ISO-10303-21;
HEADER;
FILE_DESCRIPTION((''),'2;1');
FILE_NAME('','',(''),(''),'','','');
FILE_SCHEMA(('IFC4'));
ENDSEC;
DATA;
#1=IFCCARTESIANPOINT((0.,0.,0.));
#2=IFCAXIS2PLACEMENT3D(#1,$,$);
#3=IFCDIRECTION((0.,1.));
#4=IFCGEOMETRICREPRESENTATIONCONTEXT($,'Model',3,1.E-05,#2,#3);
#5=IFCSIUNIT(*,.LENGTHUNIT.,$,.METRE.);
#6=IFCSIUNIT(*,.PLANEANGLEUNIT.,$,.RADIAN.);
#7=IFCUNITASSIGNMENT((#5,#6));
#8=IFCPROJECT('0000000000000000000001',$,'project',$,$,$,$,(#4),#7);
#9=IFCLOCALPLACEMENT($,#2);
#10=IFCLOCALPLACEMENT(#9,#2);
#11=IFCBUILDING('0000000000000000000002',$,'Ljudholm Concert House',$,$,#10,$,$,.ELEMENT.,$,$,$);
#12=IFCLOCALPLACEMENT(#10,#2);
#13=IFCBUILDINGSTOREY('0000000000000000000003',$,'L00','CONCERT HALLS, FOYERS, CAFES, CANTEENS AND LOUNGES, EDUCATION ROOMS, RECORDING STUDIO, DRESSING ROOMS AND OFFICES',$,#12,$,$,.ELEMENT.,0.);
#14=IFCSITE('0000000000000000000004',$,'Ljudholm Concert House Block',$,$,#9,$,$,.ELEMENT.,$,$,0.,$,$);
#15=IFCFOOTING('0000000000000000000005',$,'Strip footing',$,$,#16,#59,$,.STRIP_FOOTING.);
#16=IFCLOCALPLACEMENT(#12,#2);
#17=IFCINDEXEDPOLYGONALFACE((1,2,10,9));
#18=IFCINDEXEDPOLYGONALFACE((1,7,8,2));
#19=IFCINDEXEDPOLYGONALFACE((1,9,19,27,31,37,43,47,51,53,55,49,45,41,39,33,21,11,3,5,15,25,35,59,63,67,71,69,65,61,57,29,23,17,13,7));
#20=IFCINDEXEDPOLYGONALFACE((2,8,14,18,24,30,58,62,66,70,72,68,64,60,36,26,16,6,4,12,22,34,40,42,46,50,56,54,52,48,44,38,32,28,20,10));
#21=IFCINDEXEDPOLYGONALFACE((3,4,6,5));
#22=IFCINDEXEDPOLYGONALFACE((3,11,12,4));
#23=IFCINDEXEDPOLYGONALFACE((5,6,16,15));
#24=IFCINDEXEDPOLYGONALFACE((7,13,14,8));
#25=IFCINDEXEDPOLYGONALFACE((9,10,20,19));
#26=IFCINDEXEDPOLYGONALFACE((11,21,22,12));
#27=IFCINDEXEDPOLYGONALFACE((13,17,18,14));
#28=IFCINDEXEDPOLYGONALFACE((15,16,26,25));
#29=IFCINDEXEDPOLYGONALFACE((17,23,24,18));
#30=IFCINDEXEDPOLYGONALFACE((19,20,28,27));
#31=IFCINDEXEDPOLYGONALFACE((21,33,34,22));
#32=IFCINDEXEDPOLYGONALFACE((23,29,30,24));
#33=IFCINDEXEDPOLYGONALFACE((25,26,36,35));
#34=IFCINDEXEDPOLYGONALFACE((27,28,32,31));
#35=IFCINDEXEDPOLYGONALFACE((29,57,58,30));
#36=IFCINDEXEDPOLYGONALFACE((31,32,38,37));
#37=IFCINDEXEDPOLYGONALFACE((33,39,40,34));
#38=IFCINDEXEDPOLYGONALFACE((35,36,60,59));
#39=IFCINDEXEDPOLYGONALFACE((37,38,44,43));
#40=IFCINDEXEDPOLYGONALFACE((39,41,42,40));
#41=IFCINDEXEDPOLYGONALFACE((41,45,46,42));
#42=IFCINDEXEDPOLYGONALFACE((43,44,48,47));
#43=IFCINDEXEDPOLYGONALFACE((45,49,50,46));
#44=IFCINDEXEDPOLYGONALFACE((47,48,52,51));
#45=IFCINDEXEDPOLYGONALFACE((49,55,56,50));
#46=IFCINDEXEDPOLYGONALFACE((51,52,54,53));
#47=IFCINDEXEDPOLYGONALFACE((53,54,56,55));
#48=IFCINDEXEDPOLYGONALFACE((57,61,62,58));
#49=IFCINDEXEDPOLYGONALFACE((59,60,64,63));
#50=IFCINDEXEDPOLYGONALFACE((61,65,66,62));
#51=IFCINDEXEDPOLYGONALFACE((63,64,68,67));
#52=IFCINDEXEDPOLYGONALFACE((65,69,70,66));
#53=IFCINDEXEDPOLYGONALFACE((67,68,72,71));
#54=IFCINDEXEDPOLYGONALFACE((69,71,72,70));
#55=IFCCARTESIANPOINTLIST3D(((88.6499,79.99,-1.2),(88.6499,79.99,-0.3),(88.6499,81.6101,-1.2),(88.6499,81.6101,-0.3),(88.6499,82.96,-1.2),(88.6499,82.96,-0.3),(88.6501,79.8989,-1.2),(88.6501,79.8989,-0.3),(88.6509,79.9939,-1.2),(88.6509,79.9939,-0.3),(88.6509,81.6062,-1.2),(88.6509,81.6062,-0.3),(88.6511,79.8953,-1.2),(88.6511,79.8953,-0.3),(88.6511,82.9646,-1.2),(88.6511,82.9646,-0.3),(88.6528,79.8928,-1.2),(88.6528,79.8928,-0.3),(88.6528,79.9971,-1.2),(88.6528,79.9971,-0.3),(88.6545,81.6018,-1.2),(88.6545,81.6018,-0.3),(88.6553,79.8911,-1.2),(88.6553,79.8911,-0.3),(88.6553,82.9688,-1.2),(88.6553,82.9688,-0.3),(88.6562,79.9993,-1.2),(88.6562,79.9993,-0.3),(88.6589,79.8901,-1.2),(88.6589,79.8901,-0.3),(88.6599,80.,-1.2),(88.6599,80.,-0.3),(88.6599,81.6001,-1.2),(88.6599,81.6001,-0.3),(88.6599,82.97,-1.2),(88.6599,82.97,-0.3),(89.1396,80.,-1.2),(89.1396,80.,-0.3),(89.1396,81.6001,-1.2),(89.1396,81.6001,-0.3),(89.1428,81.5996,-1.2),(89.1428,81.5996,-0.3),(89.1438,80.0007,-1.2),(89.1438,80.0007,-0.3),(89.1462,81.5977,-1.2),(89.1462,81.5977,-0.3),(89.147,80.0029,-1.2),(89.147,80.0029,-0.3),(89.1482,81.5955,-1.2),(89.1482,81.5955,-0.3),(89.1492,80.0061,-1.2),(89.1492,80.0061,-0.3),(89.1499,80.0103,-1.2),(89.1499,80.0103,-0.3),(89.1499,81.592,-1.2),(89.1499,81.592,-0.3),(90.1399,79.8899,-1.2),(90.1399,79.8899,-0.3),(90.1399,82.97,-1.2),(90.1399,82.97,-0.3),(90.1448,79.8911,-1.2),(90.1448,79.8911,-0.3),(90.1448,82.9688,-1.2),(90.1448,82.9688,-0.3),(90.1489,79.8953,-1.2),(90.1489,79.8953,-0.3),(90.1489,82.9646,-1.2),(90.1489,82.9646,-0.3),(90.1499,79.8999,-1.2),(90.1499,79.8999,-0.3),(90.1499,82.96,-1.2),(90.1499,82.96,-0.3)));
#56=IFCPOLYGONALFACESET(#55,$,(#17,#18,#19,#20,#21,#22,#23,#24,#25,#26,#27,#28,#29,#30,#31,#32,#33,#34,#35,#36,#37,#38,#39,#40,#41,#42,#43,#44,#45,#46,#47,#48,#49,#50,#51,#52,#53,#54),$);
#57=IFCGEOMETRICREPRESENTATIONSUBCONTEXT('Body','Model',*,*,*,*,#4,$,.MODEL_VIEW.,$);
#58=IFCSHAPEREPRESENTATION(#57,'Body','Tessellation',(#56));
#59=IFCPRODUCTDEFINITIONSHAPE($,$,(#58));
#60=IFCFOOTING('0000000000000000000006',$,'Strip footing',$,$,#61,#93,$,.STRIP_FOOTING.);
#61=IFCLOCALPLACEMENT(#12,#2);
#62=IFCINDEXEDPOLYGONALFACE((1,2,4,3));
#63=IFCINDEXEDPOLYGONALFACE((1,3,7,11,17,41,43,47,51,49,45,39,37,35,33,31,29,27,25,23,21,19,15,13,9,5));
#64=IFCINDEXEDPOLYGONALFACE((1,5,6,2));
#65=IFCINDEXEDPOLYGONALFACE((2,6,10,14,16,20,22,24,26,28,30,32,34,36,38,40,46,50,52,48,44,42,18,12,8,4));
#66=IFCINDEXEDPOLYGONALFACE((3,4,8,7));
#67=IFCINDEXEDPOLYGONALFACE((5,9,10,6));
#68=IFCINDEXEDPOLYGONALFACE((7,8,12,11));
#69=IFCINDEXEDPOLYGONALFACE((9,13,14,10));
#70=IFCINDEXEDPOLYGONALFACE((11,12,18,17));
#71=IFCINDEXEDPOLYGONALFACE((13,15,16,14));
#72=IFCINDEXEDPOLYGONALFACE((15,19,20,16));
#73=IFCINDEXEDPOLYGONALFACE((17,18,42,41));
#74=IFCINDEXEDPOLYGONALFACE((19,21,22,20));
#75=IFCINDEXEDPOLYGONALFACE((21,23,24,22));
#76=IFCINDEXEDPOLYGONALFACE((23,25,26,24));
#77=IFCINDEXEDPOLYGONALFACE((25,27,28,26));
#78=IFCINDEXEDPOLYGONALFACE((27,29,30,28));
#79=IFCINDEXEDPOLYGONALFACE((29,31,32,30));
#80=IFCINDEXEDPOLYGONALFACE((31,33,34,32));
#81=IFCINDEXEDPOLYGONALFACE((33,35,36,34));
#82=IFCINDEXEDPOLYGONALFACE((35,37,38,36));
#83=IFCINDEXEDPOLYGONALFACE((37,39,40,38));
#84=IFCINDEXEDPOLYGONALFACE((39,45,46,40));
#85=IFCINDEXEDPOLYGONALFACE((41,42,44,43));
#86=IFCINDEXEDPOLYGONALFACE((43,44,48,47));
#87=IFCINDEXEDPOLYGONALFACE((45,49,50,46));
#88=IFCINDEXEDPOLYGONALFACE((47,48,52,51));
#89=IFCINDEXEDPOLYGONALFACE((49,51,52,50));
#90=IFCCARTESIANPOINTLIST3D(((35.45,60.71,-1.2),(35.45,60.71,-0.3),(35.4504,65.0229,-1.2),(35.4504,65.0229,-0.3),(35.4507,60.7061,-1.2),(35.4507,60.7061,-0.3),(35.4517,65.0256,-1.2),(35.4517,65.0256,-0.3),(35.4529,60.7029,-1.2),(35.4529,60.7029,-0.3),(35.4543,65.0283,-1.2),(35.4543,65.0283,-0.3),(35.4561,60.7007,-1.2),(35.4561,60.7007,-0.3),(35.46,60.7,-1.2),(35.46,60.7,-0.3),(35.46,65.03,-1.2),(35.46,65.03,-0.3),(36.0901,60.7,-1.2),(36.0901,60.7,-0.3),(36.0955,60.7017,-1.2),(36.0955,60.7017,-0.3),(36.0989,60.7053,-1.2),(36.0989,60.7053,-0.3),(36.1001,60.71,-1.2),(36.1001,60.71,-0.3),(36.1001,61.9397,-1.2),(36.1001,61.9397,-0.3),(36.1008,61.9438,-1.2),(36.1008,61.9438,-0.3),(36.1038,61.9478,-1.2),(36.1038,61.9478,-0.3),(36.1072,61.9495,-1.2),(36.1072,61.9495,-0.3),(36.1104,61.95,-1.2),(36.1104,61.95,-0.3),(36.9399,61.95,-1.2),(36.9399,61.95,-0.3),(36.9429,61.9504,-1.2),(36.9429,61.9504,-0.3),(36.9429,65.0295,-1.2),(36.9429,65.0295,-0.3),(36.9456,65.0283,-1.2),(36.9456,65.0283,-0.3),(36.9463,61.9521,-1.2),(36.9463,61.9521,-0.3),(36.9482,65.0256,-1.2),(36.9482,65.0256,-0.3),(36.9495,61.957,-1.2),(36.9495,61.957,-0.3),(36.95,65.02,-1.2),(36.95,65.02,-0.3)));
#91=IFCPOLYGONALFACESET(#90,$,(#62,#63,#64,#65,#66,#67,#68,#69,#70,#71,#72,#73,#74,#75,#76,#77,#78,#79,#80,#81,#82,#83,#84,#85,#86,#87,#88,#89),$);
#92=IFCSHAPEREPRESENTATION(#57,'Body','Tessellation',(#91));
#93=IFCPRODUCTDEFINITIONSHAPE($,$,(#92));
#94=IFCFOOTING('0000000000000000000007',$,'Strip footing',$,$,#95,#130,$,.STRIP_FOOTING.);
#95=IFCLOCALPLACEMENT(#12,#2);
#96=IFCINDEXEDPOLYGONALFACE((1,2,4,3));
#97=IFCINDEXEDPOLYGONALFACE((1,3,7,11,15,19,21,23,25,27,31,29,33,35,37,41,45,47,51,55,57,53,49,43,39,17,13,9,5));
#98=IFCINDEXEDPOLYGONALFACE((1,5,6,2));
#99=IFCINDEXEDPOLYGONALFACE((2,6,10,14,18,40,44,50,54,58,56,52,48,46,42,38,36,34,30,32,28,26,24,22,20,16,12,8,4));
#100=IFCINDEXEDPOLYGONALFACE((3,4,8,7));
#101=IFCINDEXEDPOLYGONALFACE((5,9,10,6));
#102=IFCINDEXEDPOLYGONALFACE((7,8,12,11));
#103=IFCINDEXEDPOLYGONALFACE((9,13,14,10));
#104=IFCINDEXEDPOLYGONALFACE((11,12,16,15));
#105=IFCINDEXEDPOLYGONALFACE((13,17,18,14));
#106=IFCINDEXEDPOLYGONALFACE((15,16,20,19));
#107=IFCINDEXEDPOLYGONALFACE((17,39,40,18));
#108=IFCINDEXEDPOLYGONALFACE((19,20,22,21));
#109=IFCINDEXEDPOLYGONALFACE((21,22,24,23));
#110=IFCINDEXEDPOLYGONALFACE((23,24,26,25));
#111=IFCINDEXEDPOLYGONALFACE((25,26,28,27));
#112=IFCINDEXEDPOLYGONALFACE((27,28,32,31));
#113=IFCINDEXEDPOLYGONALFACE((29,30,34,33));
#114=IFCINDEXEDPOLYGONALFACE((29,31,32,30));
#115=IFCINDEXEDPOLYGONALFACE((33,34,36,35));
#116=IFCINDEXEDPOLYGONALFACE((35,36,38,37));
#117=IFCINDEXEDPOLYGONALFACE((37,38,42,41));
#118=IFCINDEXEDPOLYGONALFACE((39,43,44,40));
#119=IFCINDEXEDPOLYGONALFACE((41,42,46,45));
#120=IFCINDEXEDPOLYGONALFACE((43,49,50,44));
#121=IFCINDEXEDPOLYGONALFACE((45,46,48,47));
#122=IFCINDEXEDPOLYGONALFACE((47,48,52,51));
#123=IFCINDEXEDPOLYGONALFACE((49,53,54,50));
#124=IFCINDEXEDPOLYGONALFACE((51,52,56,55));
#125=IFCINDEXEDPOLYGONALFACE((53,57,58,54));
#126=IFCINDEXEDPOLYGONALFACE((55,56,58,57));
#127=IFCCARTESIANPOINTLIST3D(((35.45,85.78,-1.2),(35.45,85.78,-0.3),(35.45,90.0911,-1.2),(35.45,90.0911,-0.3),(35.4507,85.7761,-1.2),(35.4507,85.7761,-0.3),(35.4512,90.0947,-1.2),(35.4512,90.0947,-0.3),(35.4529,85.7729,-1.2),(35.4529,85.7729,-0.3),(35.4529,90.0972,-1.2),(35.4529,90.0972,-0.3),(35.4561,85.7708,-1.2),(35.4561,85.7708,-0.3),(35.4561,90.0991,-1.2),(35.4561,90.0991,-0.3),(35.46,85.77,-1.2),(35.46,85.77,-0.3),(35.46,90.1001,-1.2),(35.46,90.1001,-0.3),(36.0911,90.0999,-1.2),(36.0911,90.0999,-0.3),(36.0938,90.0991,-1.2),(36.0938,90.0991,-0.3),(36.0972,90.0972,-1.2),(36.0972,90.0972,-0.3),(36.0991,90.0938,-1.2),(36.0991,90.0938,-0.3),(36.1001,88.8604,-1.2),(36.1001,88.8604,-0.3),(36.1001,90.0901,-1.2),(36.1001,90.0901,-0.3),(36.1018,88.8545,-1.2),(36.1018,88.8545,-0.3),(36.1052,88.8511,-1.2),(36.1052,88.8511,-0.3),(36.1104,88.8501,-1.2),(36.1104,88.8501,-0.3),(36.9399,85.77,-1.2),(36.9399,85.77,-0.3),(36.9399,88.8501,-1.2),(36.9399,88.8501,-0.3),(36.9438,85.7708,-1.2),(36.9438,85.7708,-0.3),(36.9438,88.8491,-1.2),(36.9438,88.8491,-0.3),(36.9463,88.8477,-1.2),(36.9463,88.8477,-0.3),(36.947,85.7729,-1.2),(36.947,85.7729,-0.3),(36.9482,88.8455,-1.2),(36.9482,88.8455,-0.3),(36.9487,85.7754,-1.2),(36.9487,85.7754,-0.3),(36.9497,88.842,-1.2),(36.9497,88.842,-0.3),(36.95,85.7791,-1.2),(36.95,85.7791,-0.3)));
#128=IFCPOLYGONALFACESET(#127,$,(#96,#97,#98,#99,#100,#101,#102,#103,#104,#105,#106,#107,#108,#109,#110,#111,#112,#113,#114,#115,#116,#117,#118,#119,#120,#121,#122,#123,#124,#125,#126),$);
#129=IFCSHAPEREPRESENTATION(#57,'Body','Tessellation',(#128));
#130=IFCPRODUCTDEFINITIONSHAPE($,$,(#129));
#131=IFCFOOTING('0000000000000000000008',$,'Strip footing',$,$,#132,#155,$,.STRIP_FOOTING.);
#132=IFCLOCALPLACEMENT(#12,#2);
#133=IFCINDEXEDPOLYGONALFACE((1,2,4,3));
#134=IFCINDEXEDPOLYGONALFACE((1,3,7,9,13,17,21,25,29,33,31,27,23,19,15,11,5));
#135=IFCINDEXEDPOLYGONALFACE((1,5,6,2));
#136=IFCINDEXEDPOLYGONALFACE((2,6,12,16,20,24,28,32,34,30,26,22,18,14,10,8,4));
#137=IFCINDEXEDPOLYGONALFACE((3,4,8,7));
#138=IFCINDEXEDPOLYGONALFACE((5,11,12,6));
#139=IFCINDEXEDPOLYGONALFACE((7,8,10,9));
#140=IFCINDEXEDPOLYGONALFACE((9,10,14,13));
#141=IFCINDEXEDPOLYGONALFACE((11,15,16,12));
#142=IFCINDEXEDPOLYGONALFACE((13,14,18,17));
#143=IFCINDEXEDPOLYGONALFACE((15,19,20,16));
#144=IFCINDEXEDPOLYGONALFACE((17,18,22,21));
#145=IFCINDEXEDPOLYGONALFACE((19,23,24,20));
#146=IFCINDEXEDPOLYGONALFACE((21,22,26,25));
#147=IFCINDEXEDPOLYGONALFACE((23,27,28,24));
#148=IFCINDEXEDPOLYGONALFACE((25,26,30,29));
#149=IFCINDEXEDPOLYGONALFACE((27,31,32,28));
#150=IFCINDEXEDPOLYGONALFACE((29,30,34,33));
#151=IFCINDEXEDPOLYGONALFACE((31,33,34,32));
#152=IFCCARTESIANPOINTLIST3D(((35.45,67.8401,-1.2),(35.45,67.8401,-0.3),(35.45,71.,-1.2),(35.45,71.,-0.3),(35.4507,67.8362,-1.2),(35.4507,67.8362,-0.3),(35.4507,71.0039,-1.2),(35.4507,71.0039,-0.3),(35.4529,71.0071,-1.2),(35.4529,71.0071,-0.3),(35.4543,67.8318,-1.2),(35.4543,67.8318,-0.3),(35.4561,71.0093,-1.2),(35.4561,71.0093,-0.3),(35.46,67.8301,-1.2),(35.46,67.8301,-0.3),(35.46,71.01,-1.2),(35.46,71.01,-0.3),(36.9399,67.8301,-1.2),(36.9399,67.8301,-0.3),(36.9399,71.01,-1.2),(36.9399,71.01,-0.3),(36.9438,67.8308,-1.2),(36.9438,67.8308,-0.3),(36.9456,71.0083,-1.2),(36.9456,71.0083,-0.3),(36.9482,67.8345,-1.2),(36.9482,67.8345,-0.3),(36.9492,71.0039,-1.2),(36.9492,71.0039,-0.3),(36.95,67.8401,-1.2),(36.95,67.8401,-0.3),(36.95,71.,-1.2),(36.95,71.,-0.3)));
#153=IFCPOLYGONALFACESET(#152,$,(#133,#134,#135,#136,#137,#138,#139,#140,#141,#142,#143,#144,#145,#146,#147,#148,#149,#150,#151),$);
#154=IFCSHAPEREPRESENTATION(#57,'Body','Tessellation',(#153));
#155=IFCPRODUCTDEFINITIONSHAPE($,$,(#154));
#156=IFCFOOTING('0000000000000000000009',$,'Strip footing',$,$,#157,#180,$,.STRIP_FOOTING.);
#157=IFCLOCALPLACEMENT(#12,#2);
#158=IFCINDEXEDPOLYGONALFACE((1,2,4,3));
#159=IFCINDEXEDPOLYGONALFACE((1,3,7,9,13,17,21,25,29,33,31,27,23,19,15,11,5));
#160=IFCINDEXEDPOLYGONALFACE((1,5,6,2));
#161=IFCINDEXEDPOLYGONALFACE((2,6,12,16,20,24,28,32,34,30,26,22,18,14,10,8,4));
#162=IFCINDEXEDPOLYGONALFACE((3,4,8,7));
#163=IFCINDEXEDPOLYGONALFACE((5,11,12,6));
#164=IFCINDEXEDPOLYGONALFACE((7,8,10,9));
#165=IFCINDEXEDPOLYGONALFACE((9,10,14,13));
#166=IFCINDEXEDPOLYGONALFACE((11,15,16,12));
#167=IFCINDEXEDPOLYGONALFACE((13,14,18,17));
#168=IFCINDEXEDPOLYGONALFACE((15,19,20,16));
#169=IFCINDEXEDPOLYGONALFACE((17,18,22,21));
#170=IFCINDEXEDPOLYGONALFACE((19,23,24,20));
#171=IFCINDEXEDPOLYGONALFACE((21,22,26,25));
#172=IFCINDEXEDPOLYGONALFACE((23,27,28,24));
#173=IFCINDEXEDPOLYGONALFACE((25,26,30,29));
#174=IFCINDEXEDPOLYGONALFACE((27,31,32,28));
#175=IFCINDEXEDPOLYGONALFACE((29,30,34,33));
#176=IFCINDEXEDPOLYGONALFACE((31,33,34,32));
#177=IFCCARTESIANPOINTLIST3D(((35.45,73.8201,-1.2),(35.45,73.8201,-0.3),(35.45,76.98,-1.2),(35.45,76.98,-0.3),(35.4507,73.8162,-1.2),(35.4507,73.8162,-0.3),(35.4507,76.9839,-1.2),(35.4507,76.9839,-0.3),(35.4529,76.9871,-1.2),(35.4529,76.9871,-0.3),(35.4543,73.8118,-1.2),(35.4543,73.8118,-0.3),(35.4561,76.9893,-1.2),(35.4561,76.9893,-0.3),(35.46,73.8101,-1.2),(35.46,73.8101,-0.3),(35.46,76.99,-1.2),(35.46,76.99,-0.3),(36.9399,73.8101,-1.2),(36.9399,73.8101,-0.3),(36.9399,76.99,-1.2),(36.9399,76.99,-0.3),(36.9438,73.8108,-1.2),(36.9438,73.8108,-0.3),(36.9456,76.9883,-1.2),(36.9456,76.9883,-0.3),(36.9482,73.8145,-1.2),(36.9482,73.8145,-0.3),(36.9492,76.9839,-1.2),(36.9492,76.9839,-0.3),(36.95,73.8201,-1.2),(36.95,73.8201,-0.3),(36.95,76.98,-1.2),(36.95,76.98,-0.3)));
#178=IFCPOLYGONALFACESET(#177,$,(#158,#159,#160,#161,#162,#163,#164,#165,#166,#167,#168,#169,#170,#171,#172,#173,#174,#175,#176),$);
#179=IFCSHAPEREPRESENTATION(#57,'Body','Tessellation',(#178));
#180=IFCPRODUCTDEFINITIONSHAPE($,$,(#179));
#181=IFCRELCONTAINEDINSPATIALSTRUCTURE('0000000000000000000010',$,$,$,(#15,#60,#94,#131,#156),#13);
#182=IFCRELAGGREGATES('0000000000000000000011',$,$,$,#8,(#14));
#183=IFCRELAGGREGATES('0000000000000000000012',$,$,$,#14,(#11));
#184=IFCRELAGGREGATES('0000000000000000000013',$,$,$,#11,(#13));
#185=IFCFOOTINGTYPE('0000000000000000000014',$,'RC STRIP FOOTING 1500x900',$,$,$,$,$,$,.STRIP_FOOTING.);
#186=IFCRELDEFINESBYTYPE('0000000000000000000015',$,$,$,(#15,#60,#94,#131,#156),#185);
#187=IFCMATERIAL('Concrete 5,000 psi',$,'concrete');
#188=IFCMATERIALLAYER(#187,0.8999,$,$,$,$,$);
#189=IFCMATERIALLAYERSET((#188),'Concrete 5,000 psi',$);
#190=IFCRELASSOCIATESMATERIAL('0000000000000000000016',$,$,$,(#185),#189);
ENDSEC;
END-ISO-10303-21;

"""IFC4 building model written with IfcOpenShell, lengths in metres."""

from ifc_helpers import new_model, si_unit, direction, frame, origin, place, context, subcontext, project, spatial, polyline, outline, extrude, material, layer, layer_set, type_object, element, save


model = new_model("IFC4")

# Units and contexts
model_context = context("Model", 3, precision=1e-05, world=origin(), true_north=direction((0.0, 1.0)))
body_context = subcontext(model_context, "Body", "Model", "MODEL_VIEW")
ifc_project = project(units=[si_unit("LENGTHUNIT", "METRE"), si_unit("PLANEANGLEUNIT", "RADIAN")], contexts=[model_context])

# Site, building, storey
site_placement = place(None, origin())
site = spatial("IfcSite", under=ifc_project, at=site_placement, Name="Ljudholm Concert House Block", CompositionType="ELEMENT", RefElevation=0.0)
building_placement = place(site_placement, origin())
building = spatial("IfcBuilding", under=site, at=building_placement, Name="Ljudholm Concert House", CompositionType="ELEMENT")
storey_placement = place(building_placement, origin())
storey = spatial("IfcBuildingStorey", under=building, at=storey_placement, Name="L00", Description="CONCERT HALLS, FOYERS, CAFES, CANTEENS AND LOUNGES, EDUCATION ROOMS, RECORDING STUDIO, DRESSING ROOMS AND OFFICES", CompositionType="ELEMENT", Elevation=0.0)

# Footings
ifc_material = material(Name="Concrete 5,000 psi", Category="concrete")
ifc_layer = layer(ifc_material, 0.8999)
ifc_layer_set = layer_set([ifc_layer], Name="Concrete 5,000 psi")
footing_type = type_object("IfcFootingType", Name="RC STRIP FOOTING 1500x900", PredefinedType="STRIP_FOOTING", material=ifc_layer_set)
footing_1_placement = place(storey_placement, frame((0.0, 0.0, -1.2)))
element("IfcFooting", 1, at=footing_1_placement, inside=storey, type_object=footing_type, Name="Strip footing", PredefinedType="STRIP_FOOTING", context=body_context, shape_type="SweptSolid", body=[
    extrude(outline(polyline([(88.6499, 79.99), (88.6501, 79.8989), (88.6511, 79.8953), (88.6528, 79.8928), (88.6553, 79.8911), (88.6589, 79.8901), (90.1399, 79.8899), (90.1448, 79.8911), (90.1489, 79.8953), (90.1499, 79.8999), (90.1499, 82.96), (90.1489, 82.9646), (90.1448, 82.9688), (90.1399, 82.97), (88.6599, 82.97), (88.6553, 82.9688), (88.6511, 82.9646), (88.6499, 82.96), (88.6499, 81.6101), (88.6509, 81.6062), (88.6545, 81.6018), (88.6599, 81.6001), (89.1396, 81.6001), (89.1428, 81.5996), (89.1462, 81.5977), (89.1482, 81.5955), (89.1499, 81.592), (89.1499, 80.0103), (89.1492, 80.0061), (89.147, 80.0029), (89.1438, 80.0007), (89.1396, 80.0), (88.6599, 80.0), (88.6562, 79.9993), (88.6528, 79.9971), (88.6509, 79.9939), (88.6499, 79.99)])), origin(), (0.0, 0.0, 1.0), 0.8999),
])
footing_2_placement = place(storey_placement, frame((0.0, 0.0, -1.2)))
element("IfcFooting", 2, at=footing_2_placement, inside=storey, type_object=footing_type, Name="Strip footing", PredefinedType="STRIP_FOOTING", context=body_context, shape_type="SweptSolid", body=[
    extrude(outline(polyline([(35.46, 60.7), (36.0901, 60.7), (36.0955, 60.7017), (36.0989, 60.7053), (36.1001, 60.71), (36.1001, 61.9397), (36.1008, 61.9438), (36.1038, 61.9478), (36.1072, 61.9495), (36.1104, 61.95), (36.9399, 61.95), (36.9429, 61.9504), (36.9463, 61.9521), (36.9495, 61.957), (36.95, 65.02), (36.9482, 65.0256), (36.9456, 65.0283), (36.9429, 65.0295), (35.46, 65.03), (35.4543, 65.0283), (35.4517, 65.0256), (35.4504, 65.0229), (35.45, 60.71), (35.4507, 60.7061), (35.4529, 60.7029), (35.4561, 60.7007), (35.46, 60.7)])), origin(), (0.0, 0.0, 1.0), 0.8999),
])
footing_3_placement = place(storey_placement, frame((0.0, 0.0, -1.2)))
element("IfcFooting", 3, at=footing_3_placement, inside=storey, type_object=footing_type, Name="Strip footing", PredefinedType="STRIP_FOOTING", context=body_context, shape_type="SweptSolid", body=[
    extrude(outline(polyline([(35.46, 85.77), (36.9399, 85.77), (36.9438, 85.7708), (36.947, 85.7729), (36.9487, 85.7754), (36.95, 85.7791), (36.9497, 88.842), (36.9482, 88.8455), (36.9463, 88.8477), (36.9438, 88.8491), (36.9399, 88.8501), (36.1104, 88.8501), (36.1052, 88.8511), (36.1018, 88.8545), (36.1001, 88.8604), (36.1001, 90.0901), (36.0991, 90.0938), (36.0972, 90.0972), (36.0938, 90.0991), (36.0911, 90.0999), (35.46, 90.1001), (35.4561, 90.0991), (35.4529, 90.0972), (35.4512, 90.0947), (35.45, 90.0911), (35.45, 85.78), (35.4507, 85.7761), (35.4529, 85.7729), (35.4561, 85.7708), (35.46, 85.77)])), origin(), (0.0, 0.0, 1.0), 0.8999),
])
footing_4_placement = place(storey_placement, frame((0.0, 0.0, -1.2)))
element("IfcFooting", 4, at=footing_4_placement, inside=storey, type_object=footing_type, Name="Strip footing", PredefinedType="STRIP_FOOTING", context=body_context, shape_type="SweptSolid", body=[
    extrude(outline(polyline([(35.45, 71.0), (35.45, 67.8401), (35.4507, 67.8362), (35.4543, 67.8318), (35.46, 67.8301), (36.9399, 67.8301), (36.9438, 67.8308), (36.9482, 67.8345), (36.95, 67.8401), (36.95, 71.0), (36.9492, 71.0039), (36.9456, 71.0083), (36.9399, 71.01), (35.46, 71.01), (35.4561, 71.0093), (35.4529, 71.0071), (35.4507, 71.0039), (35.45, 71.0)])), origin(), (0.0, 0.0, 1.0), 0.8999),
])
footing_5_placement = place(storey_placement, frame((0.0, 0.0, -1.2)))
element("IfcFooting", 5, at=footing_5_placement, inside=storey, type_object=footing_type, Name="Strip footing", PredefinedType="STRIP_FOOTING", context=body_context, shape_type="SweptSolid", body=[
    extrude(outline(polyline([(35.45, 76.98), (35.45, 73.8201), (35.4507, 73.8162), (35.4543, 73.8118), (35.46, 73.8101), (36.9399, 73.8101), (36.9438, 73.8108), (36.9482, 73.8145), (36.95, 73.8201), (36.95, 76.98), (36.9492, 76.9839), (36.9456, 76.9883), (36.9399, 76.99), (35.46, 76.99), (35.4561, 76.9893), (35.4529, 76.9871), (35.4507, 76.9839), (35.45, 76.98)])), origin(), (0.0, 0.0, 1.0), 0.8999),
])

save(model, "model.ifc")
